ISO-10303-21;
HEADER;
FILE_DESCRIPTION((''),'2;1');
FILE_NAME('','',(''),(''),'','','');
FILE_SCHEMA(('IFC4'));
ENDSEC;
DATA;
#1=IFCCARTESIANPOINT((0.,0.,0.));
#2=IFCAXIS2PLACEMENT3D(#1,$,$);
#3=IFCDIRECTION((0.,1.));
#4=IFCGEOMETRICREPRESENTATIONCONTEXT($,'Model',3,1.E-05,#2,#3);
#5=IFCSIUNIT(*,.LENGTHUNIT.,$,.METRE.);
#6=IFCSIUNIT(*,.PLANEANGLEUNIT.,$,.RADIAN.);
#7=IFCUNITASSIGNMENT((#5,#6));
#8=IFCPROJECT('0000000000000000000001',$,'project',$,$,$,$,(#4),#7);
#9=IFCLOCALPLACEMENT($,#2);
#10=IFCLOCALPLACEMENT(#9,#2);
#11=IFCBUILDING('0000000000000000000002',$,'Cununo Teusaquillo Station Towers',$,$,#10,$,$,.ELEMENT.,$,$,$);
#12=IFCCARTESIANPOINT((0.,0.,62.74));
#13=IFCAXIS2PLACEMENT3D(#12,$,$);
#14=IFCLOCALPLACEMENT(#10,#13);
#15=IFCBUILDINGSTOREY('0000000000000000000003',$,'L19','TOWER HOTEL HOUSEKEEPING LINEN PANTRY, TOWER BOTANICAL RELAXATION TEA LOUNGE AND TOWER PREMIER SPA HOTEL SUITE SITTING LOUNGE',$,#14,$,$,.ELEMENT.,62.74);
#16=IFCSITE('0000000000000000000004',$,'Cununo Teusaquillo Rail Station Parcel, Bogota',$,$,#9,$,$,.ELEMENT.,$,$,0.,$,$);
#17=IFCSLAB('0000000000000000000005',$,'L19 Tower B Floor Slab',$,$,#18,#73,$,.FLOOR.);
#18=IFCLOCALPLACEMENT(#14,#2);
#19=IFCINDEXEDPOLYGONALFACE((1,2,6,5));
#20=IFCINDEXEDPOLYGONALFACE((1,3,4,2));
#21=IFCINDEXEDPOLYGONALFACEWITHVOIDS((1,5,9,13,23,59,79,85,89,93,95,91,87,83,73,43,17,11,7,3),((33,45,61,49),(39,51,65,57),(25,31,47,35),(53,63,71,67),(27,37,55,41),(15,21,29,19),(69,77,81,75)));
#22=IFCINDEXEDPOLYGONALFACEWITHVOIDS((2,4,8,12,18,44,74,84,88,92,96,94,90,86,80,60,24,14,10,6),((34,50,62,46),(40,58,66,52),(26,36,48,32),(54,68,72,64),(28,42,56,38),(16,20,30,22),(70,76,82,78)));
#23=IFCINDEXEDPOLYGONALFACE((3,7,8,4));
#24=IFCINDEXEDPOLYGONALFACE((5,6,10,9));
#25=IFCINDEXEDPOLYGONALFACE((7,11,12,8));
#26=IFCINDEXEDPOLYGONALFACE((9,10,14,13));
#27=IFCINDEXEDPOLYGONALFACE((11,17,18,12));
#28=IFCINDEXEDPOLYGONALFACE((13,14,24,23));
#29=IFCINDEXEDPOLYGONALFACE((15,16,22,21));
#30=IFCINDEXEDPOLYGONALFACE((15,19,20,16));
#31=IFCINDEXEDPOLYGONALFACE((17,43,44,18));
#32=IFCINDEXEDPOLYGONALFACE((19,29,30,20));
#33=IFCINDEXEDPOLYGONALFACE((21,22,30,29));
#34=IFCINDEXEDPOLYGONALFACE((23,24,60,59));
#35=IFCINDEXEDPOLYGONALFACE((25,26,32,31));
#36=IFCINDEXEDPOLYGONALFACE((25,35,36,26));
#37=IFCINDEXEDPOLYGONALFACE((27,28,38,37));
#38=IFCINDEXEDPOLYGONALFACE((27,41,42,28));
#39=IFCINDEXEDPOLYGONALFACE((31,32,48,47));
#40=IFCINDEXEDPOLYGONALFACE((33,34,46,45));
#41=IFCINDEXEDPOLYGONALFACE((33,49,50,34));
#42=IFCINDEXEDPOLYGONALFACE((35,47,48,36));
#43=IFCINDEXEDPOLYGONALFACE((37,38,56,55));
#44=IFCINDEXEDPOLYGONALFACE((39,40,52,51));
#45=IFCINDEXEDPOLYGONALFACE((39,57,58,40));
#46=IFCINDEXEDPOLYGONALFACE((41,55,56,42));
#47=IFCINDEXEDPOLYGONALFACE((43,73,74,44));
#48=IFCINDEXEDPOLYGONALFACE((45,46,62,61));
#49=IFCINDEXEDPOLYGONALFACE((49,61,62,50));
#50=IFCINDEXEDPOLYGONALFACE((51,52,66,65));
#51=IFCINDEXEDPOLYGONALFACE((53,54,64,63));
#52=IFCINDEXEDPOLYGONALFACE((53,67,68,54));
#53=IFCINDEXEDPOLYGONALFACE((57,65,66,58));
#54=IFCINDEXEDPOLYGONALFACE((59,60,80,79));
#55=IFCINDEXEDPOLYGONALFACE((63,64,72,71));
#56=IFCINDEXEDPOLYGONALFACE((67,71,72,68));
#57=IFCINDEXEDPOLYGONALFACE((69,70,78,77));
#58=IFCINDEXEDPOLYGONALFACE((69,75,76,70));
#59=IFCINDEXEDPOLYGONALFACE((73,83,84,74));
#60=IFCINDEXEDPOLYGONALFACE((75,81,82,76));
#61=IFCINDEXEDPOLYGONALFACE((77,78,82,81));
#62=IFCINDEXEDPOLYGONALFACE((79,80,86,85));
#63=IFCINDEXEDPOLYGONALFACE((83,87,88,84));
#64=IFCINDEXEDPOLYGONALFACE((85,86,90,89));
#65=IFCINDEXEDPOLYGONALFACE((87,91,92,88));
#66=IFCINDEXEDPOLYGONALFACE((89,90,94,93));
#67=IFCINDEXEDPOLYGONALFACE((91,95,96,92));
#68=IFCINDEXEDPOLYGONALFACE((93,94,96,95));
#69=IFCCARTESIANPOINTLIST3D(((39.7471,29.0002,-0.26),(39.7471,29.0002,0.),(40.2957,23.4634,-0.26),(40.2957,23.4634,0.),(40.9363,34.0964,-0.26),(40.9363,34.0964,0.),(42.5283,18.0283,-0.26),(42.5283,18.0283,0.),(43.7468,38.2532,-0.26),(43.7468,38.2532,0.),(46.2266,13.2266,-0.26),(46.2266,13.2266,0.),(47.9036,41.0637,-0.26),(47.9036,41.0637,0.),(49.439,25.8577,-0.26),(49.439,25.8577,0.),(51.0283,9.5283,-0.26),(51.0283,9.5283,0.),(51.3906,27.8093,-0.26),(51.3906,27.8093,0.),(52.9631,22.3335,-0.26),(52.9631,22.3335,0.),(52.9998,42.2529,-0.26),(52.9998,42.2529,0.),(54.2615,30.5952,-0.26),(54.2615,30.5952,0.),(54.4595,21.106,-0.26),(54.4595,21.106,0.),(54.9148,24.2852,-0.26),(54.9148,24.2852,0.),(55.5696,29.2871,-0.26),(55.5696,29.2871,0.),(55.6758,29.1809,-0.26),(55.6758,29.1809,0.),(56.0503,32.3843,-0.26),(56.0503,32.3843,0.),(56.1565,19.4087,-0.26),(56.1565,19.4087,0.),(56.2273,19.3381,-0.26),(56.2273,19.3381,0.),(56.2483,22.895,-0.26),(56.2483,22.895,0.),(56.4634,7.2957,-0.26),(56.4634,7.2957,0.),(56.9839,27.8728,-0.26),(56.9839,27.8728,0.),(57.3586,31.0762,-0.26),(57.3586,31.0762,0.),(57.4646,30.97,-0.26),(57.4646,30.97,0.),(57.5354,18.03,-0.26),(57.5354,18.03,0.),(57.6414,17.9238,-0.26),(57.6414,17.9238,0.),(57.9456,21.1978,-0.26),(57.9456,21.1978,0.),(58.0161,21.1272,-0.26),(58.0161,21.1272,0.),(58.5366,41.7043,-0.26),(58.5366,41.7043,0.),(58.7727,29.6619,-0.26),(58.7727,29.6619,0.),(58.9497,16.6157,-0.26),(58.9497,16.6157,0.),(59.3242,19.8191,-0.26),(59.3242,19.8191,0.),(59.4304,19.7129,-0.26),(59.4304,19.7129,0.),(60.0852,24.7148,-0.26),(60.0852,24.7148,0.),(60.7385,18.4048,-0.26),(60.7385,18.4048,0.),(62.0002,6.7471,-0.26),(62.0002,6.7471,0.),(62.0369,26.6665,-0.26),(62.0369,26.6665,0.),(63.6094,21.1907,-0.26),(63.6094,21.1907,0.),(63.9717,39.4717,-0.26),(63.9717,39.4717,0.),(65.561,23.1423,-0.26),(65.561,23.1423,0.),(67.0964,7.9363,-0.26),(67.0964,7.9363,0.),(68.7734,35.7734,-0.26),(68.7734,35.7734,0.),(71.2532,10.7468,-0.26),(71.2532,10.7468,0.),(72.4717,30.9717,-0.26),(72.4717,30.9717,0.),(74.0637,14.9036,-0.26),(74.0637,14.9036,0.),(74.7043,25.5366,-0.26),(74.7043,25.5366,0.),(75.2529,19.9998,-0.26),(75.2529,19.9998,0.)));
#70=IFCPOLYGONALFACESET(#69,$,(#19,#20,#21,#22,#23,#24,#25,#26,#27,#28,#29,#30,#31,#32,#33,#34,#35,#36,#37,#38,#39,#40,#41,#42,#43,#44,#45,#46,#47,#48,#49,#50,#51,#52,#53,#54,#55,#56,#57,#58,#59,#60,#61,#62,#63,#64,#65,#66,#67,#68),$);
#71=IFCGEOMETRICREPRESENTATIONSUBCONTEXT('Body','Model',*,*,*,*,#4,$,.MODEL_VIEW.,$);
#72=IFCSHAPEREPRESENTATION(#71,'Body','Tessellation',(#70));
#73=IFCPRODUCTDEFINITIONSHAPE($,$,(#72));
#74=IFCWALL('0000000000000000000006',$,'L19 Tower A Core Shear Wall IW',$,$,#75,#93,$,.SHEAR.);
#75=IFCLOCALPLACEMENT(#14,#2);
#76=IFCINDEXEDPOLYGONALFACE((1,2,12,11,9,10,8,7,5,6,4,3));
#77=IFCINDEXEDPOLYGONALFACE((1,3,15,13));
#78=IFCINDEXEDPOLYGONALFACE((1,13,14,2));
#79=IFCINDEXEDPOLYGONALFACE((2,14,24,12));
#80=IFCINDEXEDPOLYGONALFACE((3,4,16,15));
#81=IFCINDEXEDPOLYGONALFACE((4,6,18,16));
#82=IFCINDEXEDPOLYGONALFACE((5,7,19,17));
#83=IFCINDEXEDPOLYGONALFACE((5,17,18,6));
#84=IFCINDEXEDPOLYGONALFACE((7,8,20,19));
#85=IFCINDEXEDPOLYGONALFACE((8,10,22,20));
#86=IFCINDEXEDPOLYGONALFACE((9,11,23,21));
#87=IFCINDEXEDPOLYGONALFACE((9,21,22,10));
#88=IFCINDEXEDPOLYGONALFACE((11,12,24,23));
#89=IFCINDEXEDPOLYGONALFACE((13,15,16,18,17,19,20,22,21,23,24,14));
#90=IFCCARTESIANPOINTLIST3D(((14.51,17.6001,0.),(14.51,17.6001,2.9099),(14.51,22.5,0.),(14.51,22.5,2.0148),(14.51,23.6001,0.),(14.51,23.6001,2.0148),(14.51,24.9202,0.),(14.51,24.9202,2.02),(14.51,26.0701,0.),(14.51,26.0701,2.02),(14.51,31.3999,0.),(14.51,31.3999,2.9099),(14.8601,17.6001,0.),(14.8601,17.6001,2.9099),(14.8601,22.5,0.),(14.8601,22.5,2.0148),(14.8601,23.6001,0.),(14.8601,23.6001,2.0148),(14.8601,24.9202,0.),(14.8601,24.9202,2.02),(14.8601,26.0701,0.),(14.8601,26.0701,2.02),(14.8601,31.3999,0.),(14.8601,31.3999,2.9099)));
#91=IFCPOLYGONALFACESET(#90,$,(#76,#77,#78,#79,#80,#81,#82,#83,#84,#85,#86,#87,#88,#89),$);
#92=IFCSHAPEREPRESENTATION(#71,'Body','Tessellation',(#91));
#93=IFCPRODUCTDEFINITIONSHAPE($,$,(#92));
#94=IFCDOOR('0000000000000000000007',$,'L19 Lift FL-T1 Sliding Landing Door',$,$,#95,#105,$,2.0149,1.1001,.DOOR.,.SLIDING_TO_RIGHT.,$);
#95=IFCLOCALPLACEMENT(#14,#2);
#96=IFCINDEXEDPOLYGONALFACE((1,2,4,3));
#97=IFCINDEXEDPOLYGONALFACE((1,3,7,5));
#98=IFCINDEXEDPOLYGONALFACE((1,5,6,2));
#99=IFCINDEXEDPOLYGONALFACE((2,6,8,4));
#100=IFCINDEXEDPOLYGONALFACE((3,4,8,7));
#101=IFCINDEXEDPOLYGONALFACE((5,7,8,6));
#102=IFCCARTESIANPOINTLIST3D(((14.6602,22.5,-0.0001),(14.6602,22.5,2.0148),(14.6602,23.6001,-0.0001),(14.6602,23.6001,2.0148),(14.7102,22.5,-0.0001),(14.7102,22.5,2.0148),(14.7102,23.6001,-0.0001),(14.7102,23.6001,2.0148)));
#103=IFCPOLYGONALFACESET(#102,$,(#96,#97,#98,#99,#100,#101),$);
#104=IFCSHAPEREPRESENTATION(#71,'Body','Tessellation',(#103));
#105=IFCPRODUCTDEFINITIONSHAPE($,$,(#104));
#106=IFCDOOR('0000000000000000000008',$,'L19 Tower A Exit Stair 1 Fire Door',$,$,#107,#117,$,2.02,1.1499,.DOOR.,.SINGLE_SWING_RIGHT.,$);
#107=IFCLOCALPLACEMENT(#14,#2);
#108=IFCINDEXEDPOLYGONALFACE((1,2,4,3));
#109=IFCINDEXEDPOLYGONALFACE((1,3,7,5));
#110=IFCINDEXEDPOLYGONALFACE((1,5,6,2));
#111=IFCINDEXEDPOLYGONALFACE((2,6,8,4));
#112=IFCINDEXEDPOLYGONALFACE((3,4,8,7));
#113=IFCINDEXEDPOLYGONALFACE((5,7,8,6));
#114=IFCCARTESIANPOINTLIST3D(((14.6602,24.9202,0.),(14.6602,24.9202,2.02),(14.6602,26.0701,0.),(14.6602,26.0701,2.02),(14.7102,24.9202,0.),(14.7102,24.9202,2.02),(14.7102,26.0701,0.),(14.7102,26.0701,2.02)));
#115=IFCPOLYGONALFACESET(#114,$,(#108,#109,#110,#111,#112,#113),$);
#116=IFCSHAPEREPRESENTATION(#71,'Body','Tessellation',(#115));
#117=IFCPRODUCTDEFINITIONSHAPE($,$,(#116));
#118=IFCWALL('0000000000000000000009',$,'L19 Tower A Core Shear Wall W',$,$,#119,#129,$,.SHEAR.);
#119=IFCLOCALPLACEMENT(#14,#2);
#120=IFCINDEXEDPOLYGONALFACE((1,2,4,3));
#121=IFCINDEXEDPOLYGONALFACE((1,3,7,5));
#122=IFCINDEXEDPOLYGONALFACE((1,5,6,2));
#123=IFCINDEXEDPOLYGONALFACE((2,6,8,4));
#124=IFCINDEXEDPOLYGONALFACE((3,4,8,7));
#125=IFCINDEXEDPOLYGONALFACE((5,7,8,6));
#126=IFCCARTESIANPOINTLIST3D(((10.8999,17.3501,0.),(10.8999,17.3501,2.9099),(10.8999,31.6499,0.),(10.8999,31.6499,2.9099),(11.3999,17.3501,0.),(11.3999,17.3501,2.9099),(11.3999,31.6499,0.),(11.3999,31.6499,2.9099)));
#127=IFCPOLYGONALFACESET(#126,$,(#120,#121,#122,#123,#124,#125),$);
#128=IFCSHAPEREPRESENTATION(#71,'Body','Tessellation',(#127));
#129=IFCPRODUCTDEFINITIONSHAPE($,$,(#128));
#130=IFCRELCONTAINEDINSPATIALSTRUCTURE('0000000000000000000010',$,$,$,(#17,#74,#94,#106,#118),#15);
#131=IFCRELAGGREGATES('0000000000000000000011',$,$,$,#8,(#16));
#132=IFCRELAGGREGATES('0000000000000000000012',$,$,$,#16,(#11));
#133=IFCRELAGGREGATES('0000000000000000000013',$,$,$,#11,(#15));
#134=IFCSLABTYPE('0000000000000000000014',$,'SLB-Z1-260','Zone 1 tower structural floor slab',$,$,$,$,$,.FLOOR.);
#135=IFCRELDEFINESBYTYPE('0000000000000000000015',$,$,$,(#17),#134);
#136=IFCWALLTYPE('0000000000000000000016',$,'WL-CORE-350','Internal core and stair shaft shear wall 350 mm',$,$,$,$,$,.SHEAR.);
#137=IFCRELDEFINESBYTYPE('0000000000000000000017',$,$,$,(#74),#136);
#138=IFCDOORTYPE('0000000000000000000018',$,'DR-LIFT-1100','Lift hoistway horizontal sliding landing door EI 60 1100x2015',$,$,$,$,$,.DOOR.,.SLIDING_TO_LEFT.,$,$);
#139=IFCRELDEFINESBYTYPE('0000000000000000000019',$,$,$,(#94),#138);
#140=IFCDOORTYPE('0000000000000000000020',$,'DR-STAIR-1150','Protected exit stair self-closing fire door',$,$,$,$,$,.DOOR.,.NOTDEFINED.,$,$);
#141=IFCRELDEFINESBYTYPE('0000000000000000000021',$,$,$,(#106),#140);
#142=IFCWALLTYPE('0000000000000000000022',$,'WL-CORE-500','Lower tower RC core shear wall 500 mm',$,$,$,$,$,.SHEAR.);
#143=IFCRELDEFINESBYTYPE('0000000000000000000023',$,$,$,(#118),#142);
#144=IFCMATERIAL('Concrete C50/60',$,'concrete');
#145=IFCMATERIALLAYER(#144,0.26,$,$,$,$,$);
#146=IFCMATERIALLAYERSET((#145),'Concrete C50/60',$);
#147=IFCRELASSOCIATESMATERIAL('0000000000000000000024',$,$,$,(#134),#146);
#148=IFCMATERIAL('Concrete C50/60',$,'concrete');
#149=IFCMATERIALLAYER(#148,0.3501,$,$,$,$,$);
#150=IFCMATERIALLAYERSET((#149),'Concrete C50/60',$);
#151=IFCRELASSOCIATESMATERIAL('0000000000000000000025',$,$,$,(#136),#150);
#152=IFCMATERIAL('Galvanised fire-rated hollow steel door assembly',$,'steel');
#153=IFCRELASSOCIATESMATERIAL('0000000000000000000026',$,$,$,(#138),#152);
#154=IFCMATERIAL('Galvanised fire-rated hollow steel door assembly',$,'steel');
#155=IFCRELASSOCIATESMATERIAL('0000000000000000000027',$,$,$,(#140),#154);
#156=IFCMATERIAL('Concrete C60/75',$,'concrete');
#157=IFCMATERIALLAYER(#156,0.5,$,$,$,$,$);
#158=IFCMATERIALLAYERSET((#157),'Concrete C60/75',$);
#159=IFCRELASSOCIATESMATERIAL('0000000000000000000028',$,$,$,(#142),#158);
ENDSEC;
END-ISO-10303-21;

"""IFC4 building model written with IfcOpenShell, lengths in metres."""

from ifc_helpers import new_model, si_unit, direction, frame, frame_2d, origin, place, context, subcontext, project, spatial, polyline, rectangle, outline, extrude, source, transform, mapped, material, layer, layer_set, type_object, element, fill, save


model = new_model("IFC4")

# Units and contexts
model_context = context("Model", 3, precision=1e-05, world=origin(), true_north=direction((0.0, 1.0)))
body_context = subcontext(model_context, "Body", "Model", "MODEL_VIEW")
ifc_project = project(units=[si_unit("LENGTHUNIT", "METRE"), si_unit("PLANEANGLEUNIT", "RADIAN")], contexts=[model_context])

# Site, building, storey
site_placement = place(None, origin())
site = spatial("IfcSite", under=ifc_project, at=site_placement, Name="Cununo Teusaquillo Rail Station Parcel, Bogota", CompositionType="ELEMENT", RefElevation=0.0)
building_placement = place(site_placement, origin())
building = spatial("IfcBuilding", under=site, at=building_placement, Name="Cununo Teusaquillo Station Towers", CompositionType="ELEMENT")
storey_placement = place(building_placement, frame((0.0, 0.0, 62.74)))
storey = spatial("IfcBuildingStorey", under=building, at=storey_placement, Name="L19", Description="TOWER HOTEL HOUSEKEEPING LINEN PANTRY, TOWER BOTANICAL RELAXATION TEA LOUNGE AND TOWER PREMIER SPA HOTEL SUITE SITTING LOUNGE", CompositionType="ELEMENT", Elevation=62.74)

# Slab
ifc_material_1 = material(Name="Concrete C50/60", Category="concrete")
ifc_layer_1 = layer(ifc_material_1, 0.26)
ifc_layer_set_1 = layer_set([ifc_layer_1], Name="Concrete C50/60")
slab_type_1 = type_object("IfcSlabType", Name="SLB-Z1-260", Description="Zone 1 tower structural floor slab", PredefinedType="FLOOR", material=ifc_layer_set_1)
slab_1_placement = place(storey_placement, frame((0.0, 0.0, -0.26)))
element("IfcSlab", 1, at=slab_1_placement, inside=storey, type_object=slab_type_1, Name="L19 Tower B Floor Slab", PredefinedType="FLOOR", context=body_context, shape_type="SweptSolid", body=[
    extrude(outline(polyline([(68.7734, 35.7734), (63.9717, 39.4717), (58.5366, 41.7043), (52.9998, 42.2529), (47.9036, 41.0637), (43.7468, 38.2532), (40.9363, 34.0964), (39.7471, 29.0002), (40.2957, 23.4634), (42.5283, 18.0283), (46.2266, 13.2266), (51.0283, 9.5283), (56.4634, 7.2957), (62.0002, 6.7471), (67.0964, 7.9363), (71.2532, 10.7468), (74.0637, 14.9036), (75.2529, 19.9998), (74.7043, 25.5366), (72.4717, 30.9717), (68.7734, 35.7734)]), holes=[polyline([(54.9148, 24.2852), (51.3906, 27.8093), (49.439, 25.8577), (52.9631, 22.3335), (54.9148, 24.2852)]), polyline([(60.0852, 24.7148), (63.6094, 21.1907), (65.561, 23.1423), (62.0369, 26.6665), (60.0852, 24.7148)]), polyline([(56.1565, 19.4087), (57.9456, 21.1978), (56.2483, 22.895), (54.4595, 21.106), (56.1565, 19.4087)]), polyline([(58.9497, 16.6157), (60.7385, 18.4048), (59.4304, 19.7129), (57.6414, 17.9238), (58.9497, 16.6157)]), polyline([(57.5354, 18.03), (59.3242, 19.8191), (58.0161, 21.1272), (56.2273, 19.3381), (57.5354, 18.03)]), polyline([(56.9839, 27.8728), (58.7727, 29.6619), (57.4646, 30.97), (55.6758, 29.1809), (56.9839, 27.8728)]), polyline([(55.5696, 29.2871), (57.3586, 31.0762), (56.0503, 32.3843), (54.2615, 30.5952), (55.5696, 29.2871)])]), origin(), (0.0, 0.0, 1.0), 0.26),
])

# Wall, openings, doors
ifc_material_2 = material(Name="Concrete C50/60", Category="concrete")
ifc_layer_2 = layer(ifc_material_2, 0.3501)
ifc_layer_set_2 = layer_set([ifc_layer_2], Name="Concrete C50/60")
wall_type_1 = type_object("IfcWallType", Name="WL-CORE-350", Description="Internal core and stair shaft shear wall 350 mm", PredefinedType="SHEAR", material=ifc_layer_set_2)
wall_1_placement = place(storey_placement, frame((14.6851, 17.6001, 0.0), z_axis=(0.0, 0.0, 1.0), x_axis=(0.0, 1.0, 0.0)))
wall_1 = element("IfcWall", 2, at=wall_1_placement, inside=storey, type_object=wall_type_1, Name="L19 Tower A Core Shear Wall IW", PredefinedType="SHEAR", context=body_context, shape_type="SweptSolid", body=[
    extrude(rectangle(XDim=13.7998, YDim=0.3501, at=frame_2d((6.8999, 0.0))), origin(), (0.0, 0.0, 1.0), 2.9099),
])
shared_shape_1 = source(origin(), body_context, "Body", "SweptSolid", [
    extrude(rectangle(XDim=1.1001, YDim=2.0149, at=frame_2d((0.55, 1.0073))), frame((0.0, 0.1851, 0.0), z_axis=(0.0, -1.0, 0.0), x_axis=(1.0, 0.0, 0.0)), (0.0, 0.0, 1.0), 0.3701),
])
opening_1_placement = place(wall_1_placement, frame((4.8999, 0.0, 0.0)))
opening_1 = element("IfcOpeningElement", 3, at=opening_1_placement, cuts=wall_1, PredefinedType="OPENING", context=body_context, shape_type="MappedRepresentation", body=[
    mapped(shared_shape_1, transform((0.0, 0.0, 0.0), x_axis=(1.0, 0.0, 0.0), y_axis=(0.0, 1.0, 0.0), z_axis=(0.0, 0.0, 1.0), scale=1.0)),
])
shared_shape_2 = source(origin(), body_context, "Body", "SweptSolid", [
    extrude(rectangle(XDim=1.1499, YDim=2.02, at=frame_2d((0.575, 1.01))), frame((0.0, 0.1851, 0.0), z_axis=(0.0, -1.0, 0.0), x_axis=(1.0, 0.0, 0.0)), (0.0, 0.0, 1.0), 0.3701),
])
opening_2_placement = place(wall_1_placement, frame((7.3201, 0.0, 0.0)))
opening_2 = element("IfcOpeningElement", 4, at=opening_2_placement, cuts=wall_1, PredefinedType="OPENING", context=body_context, shape_type="MappedRepresentation", body=[
    mapped(shared_shape_2, transform((0.0, 0.0, 0.0), x_axis=(1.0, 0.0, 0.0), y_axis=(0.0, 1.0, 0.0), z_axis=(0.0, 0.0, 1.0), scale=1.0)),
])
ifc_material_3 = material(Name="Galvanised fire-rated hollow steel door assembly", Category="steel")
door_type_1 = type_object("IfcDoorType", Name="DR-LIFT-1100", Description="Lift hoistway horizontal sliding landing door EI 60 1100x2015", OperationType="SLIDING_TO_LEFT", PredefinedType="DOOR", material=ifc_material_3)
shared_shape_3 = source(origin(), body_context, "Body", "SweptSolid", [
    extrude(rectangle(XDim=1.1001, YDim=2.0149, at=frame_2d((0.55, 1.0073))), frame((0.0, 0.0249, 0.0), z_axis=(0.0, -1.0, 0.0), x_axis=(1.0, 0.0, 0.0)), (0.0, 0.0, 1.0), 0.05),
])
door_1_placement = place(opening_1_placement, origin())
door_1 = element("IfcDoor", 5, at=door_1_placement, inside=storey, type_object=door_type_1, Name="L19 Lift FL-T1 Sliding Landing Door", OperationType="SLIDING_TO_RIGHT", OverallHeight=2.0149, OverallWidth=1.1001, PredefinedType="DOOR", context=body_context, shape_type="MappedRepresentation", body=[
    mapped(shared_shape_3, transform((0.0, 0.0, 0.0), x_axis=(1.0, 0.0, 0.0), y_axis=(0.0, 1.0, 0.0), z_axis=(0.0, 0.0, 1.0), scale=1.0)),
])
fill(opening_1, door_1)
ifc_material_4 = material(Name="Galvanised fire-rated hollow steel door assembly", Category="steel")
door_type_2 = type_object("IfcDoorType", Name="DR-STAIR-1150", Description="Protected exit stair self-closing fire door", OperationType="NOTDEFINED", PredefinedType="DOOR", material=ifc_material_4)
shared_shape_4 = source(origin(), body_context, "Body", "SweptSolid", [
    extrude(rectangle(XDim=1.1499, YDim=2.02, at=frame_2d((0.575, 1.01))), frame((0.0, 0.0249, 0.0), z_axis=(0.0, -1.0, 0.0), x_axis=(1.0, 0.0, 0.0)), (0.0, 0.0, 1.0), 0.05),
])
door_2_placement = place(opening_2_placement, origin())
door_2 = element("IfcDoor", 6, at=door_2_placement, inside=storey, type_object=door_type_2, Name="L19 Tower A Exit Stair 1 Fire Door", OperationType="SINGLE_SWING_RIGHT", OverallHeight=2.02, OverallWidth=1.1499, PredefinedType="DOOR", context=body_context, shape_type="MappedRepresentation", body=[
    mapped(shared_shape_4, transform((0.0, 0.0, 0.0), x_axis=(1.0, 0.0, 0.0), y_axis=(0.0, 1.0, 0.0), z_axis=(0.0, 0.0, 1.0), scale=1.0)),
])
fill(opening_2, door_2)

# Wall
ifc_material_5 = material(Name="Concrete C60/75", Category="concrete")
ifc_layer_3 = layer(ifc_material_5, 0.5)
ifc_layer_set_3 = layer_set([ifc_layer_3], Name="Concrete C60/75")
wall_type_2 = type_object("IfcWallType", Name="WL-CORE-500", Description="Lower tower RC core shear wall 500 mm", PredefinedType="SHEAR", material=ifc_layer_set_3)
wall_2_placement = place(storey_placement, frame((11.1499, 17.3501, 0.0), z_axis=(0.0, 0.0, 1.0), x_axis=(0.0, 1.0, 0.0)))
element("IfcWall", 7, at=wall_2_placement, inside=storey, type_object=wall_type_2, Name="L19 Tower A Core Shear Wall W", PredefinedType="SHEAR", context=body_context, shape_type="SweptSolid", body=[
    extrude(rectangle(XDim=14.2998, YDim=0.5, at=frame_2d((7.1499, 0.0))), origin(), (0.0, 0.0, 1.0), 2.9099),
])

save(model, "model.ifc")
